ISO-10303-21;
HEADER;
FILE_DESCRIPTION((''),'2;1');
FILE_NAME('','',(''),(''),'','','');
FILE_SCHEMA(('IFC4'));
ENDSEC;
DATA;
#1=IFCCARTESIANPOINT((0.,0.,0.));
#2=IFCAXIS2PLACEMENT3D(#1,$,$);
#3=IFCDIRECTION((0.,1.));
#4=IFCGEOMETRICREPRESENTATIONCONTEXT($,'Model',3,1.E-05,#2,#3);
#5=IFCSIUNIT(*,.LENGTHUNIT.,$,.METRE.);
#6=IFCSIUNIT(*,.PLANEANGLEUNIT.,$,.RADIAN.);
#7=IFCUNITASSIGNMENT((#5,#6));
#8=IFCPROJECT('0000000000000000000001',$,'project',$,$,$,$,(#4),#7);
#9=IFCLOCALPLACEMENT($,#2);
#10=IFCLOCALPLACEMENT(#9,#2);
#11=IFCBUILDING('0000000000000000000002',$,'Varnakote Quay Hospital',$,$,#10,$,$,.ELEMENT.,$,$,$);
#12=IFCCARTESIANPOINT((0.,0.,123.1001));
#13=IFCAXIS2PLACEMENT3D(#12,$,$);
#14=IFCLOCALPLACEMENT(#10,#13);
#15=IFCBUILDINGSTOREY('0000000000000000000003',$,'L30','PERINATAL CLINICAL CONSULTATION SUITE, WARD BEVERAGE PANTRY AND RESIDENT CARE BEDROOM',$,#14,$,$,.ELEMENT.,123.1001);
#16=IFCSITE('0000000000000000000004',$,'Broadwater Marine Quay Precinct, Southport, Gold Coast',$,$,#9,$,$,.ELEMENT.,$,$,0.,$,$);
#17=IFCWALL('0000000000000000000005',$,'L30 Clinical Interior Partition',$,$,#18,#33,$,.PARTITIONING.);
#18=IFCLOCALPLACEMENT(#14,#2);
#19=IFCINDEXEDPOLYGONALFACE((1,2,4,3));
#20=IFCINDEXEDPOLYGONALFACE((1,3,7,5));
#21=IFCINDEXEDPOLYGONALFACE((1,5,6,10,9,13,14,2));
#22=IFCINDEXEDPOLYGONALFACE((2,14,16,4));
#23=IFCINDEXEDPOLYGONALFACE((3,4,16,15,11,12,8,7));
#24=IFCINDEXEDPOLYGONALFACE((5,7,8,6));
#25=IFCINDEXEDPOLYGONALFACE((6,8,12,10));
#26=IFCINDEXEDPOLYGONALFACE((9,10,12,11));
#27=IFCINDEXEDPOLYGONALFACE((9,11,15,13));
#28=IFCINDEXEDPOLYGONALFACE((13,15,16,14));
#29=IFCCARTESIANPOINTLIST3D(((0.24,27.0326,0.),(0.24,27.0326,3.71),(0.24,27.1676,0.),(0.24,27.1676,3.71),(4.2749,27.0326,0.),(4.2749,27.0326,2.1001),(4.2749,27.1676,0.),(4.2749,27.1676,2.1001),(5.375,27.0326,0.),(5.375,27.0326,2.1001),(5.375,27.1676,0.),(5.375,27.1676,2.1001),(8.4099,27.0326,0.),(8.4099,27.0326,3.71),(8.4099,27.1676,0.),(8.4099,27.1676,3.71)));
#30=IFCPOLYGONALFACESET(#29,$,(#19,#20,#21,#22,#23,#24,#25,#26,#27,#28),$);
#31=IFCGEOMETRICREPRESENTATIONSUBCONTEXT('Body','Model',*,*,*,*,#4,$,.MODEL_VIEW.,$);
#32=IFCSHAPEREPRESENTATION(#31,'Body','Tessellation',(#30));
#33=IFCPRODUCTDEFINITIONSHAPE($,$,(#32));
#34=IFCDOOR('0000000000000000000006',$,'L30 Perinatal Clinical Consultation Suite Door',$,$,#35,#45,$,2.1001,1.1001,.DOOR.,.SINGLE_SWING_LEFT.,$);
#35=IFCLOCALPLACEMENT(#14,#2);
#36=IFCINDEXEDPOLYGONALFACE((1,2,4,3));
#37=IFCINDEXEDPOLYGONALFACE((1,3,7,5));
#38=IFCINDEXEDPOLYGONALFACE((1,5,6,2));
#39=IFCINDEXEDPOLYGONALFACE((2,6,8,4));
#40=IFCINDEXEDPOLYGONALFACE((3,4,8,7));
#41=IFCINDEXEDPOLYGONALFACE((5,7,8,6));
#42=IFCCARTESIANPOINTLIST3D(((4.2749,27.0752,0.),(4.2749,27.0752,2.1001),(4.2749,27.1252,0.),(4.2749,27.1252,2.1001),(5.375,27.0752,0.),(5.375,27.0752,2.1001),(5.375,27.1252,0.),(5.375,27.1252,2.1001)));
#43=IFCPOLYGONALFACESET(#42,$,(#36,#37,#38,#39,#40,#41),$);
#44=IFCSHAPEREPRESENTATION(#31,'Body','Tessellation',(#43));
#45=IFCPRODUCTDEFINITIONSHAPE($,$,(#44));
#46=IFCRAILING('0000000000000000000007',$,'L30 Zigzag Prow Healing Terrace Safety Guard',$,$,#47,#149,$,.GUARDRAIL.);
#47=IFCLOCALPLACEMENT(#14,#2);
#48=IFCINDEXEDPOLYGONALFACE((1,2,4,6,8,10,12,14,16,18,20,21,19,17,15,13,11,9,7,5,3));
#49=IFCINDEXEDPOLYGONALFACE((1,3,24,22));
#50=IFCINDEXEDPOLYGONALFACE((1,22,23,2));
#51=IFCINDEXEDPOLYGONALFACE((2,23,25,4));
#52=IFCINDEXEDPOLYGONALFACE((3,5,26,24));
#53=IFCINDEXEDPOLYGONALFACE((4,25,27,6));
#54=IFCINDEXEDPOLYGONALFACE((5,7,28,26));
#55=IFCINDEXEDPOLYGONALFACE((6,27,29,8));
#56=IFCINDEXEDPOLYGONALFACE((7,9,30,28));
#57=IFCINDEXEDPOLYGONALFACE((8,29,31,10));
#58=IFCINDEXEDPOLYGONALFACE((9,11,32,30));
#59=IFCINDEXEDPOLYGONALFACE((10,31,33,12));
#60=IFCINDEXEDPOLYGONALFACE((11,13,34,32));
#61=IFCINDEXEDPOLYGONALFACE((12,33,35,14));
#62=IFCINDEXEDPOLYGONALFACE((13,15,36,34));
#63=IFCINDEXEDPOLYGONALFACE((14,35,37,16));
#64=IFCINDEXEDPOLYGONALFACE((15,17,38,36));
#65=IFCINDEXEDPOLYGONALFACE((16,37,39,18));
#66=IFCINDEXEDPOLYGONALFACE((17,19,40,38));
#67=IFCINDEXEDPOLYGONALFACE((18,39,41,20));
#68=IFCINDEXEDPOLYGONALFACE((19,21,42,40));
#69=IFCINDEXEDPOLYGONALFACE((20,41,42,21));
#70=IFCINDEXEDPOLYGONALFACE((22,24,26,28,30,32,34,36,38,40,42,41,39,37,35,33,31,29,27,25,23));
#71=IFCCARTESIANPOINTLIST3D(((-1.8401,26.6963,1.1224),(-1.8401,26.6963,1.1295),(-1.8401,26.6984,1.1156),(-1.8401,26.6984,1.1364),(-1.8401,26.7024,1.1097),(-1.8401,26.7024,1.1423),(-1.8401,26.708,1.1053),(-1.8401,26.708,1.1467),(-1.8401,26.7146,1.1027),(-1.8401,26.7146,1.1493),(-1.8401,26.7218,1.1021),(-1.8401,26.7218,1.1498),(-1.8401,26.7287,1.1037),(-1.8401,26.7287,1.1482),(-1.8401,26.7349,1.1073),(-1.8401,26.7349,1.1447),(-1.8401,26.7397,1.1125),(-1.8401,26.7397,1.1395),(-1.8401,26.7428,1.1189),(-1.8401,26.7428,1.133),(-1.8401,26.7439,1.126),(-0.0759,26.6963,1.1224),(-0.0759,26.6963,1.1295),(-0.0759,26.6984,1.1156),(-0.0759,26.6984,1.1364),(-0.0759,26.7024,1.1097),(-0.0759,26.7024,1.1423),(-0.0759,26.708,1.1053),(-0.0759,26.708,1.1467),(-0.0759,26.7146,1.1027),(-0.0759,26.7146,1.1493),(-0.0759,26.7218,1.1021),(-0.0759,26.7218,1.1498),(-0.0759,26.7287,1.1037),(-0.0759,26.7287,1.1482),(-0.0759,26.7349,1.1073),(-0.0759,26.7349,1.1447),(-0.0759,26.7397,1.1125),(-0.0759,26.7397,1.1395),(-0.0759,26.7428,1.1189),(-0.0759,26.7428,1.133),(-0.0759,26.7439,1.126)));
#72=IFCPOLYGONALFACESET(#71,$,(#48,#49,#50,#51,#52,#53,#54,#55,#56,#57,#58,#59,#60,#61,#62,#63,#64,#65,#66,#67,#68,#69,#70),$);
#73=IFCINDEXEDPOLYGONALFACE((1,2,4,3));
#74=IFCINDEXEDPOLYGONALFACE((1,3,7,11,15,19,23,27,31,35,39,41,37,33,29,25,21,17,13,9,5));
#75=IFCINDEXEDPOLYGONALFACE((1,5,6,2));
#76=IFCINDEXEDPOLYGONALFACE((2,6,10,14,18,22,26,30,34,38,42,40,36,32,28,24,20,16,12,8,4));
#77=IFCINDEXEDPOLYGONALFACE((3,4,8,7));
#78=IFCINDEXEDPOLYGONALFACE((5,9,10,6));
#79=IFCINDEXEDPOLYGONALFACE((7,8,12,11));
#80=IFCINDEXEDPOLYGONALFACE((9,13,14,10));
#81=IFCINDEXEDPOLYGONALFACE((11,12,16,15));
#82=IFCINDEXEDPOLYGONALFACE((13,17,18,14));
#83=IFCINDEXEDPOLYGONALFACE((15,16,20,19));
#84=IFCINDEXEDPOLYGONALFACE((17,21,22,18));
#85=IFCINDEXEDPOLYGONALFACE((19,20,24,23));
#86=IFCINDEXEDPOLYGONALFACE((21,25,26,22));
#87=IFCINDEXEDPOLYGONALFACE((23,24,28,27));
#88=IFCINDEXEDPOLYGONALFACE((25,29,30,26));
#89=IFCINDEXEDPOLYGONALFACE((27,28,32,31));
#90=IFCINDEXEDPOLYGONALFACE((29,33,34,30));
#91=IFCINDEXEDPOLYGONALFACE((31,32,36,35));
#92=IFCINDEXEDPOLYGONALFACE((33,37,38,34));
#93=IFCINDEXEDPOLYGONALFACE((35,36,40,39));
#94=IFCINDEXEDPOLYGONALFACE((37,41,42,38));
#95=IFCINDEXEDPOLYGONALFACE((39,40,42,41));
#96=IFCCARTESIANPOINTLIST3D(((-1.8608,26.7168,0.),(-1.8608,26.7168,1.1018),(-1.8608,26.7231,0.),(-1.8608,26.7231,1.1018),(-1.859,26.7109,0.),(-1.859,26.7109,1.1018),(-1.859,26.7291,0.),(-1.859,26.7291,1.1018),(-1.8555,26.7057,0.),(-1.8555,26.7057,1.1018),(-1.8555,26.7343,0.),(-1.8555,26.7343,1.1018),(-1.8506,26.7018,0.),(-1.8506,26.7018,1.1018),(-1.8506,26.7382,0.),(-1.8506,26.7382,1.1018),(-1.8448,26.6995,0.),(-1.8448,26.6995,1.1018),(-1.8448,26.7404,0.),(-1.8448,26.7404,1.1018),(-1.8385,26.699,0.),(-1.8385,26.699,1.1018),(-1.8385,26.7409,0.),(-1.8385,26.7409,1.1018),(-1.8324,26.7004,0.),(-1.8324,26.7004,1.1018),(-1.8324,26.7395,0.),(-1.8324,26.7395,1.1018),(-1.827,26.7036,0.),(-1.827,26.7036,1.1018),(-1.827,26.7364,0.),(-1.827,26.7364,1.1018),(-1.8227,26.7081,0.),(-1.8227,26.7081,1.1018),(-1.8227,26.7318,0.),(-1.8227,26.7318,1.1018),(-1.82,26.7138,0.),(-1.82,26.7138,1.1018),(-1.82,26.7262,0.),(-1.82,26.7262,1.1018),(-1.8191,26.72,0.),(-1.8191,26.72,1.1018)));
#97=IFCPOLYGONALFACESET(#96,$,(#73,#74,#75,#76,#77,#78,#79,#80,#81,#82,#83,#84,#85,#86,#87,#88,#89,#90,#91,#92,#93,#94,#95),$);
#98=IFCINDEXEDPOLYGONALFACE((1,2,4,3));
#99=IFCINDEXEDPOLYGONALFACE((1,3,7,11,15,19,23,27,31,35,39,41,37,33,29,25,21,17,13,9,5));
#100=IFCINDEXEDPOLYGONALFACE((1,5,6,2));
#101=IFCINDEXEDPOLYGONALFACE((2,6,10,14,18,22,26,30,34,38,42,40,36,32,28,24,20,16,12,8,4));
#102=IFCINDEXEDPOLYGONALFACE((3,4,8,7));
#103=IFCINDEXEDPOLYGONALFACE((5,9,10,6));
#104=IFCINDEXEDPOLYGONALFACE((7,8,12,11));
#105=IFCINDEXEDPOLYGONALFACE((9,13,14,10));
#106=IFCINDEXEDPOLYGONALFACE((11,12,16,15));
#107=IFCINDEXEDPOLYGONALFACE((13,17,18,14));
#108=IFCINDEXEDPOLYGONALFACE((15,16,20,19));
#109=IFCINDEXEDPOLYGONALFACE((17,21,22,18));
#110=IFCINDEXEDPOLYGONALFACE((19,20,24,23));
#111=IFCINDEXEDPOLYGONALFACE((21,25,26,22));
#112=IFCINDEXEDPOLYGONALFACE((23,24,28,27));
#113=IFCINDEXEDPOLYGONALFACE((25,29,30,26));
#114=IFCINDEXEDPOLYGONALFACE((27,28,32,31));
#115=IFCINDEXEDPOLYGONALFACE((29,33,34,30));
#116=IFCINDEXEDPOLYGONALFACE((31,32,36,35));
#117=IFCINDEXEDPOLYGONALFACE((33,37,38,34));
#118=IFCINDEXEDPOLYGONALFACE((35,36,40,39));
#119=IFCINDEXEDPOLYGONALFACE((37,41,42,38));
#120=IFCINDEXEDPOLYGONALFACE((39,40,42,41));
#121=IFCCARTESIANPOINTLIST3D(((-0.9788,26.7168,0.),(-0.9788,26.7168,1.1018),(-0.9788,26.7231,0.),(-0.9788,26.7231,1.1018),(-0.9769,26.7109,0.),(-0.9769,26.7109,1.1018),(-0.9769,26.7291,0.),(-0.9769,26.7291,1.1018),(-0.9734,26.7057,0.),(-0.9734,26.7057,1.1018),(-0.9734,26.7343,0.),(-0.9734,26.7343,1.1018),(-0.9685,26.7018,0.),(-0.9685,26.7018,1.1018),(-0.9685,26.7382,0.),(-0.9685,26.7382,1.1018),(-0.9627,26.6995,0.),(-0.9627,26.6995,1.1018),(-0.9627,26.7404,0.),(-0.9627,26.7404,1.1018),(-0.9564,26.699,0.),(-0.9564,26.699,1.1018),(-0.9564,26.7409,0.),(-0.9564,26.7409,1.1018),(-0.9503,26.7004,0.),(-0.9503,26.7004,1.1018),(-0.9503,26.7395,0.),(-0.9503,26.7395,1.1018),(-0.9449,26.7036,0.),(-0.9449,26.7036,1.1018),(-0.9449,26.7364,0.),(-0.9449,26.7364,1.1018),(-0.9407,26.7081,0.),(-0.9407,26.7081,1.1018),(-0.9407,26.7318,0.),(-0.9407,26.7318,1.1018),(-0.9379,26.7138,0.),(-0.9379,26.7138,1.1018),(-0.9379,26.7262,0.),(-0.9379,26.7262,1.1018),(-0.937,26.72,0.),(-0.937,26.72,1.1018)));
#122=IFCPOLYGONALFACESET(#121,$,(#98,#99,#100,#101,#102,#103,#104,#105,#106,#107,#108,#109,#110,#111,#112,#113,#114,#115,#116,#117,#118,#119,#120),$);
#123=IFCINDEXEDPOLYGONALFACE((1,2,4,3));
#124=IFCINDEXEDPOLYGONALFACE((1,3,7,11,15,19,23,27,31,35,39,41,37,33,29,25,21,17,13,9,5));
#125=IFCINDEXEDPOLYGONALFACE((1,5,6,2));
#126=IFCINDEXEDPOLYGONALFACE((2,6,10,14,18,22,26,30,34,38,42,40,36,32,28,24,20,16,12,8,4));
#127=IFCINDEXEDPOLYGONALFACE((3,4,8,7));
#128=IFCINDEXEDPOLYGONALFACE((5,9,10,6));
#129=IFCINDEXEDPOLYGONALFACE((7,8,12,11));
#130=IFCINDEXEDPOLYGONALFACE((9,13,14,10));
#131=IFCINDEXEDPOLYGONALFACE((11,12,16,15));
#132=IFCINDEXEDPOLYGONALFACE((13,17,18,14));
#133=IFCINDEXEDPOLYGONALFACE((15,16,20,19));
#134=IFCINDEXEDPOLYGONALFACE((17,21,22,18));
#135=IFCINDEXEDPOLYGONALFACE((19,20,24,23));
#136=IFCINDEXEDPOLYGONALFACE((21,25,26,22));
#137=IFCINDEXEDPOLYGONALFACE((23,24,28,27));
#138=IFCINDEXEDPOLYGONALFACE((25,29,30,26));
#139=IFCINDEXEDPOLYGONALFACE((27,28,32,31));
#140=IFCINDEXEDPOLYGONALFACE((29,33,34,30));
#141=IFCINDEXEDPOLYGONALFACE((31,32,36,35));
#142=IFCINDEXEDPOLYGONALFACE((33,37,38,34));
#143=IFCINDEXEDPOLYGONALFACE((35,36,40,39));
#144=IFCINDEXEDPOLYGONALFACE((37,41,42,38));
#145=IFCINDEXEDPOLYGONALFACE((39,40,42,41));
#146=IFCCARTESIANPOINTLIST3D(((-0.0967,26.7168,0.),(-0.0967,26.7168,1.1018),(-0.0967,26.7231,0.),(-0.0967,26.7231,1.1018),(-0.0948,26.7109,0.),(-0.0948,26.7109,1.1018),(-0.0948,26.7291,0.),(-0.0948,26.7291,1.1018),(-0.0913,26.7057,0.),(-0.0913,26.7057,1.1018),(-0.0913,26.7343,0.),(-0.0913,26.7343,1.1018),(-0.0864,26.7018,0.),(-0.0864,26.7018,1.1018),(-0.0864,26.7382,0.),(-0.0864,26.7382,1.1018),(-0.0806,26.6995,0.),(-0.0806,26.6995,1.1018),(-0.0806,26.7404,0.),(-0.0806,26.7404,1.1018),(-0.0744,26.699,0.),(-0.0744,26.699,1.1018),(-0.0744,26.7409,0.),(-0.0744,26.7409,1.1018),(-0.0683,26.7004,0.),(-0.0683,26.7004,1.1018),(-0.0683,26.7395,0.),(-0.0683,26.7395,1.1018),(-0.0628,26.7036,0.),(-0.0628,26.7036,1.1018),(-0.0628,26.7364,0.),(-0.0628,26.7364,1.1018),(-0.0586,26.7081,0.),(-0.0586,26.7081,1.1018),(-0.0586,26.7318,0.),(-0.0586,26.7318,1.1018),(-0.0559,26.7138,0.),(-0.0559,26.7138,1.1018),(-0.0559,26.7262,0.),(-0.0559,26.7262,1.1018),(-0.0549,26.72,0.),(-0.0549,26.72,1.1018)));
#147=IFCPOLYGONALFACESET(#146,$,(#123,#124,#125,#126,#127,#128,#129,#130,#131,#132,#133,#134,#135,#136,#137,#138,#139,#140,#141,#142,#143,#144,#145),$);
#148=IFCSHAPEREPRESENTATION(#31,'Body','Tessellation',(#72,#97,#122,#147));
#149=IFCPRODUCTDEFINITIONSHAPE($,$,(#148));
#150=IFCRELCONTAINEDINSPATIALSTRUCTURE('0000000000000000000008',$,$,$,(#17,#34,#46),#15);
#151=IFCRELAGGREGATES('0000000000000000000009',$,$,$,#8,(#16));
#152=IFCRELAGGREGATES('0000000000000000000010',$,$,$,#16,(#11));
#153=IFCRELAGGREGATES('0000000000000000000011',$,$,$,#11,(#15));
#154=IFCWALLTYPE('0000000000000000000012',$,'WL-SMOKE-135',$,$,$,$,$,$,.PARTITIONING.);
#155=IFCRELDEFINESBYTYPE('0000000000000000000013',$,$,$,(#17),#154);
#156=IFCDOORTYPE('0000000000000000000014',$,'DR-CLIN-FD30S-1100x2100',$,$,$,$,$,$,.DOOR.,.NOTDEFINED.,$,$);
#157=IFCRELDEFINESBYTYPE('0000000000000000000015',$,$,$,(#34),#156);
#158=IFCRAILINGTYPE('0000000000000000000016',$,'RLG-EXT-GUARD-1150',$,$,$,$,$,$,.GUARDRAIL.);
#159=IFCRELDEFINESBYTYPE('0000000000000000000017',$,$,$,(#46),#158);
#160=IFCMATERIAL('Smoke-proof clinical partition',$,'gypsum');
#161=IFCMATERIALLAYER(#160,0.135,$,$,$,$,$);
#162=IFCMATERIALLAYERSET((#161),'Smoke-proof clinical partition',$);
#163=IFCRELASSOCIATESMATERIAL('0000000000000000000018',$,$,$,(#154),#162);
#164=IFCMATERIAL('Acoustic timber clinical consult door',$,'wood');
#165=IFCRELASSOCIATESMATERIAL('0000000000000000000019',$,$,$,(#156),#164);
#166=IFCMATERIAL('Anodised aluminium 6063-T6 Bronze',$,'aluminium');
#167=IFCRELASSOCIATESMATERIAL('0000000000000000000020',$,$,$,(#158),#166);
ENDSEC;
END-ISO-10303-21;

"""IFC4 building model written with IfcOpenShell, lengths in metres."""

from ifc_helpers import new_model, si_unit, direction, frame, frame_2d, origin, origin_2d, place, context, subcontext, project, spatial, rectangle, circle, extrude, material, layer, layer_set, type_object, element, fill, save


model = new_model("IFC4")

# Units and contexts
model_context = context("Model", 3, precision=1e-05, world=origin(), true_north=direction((0.0, 1.0)))
body_context = subcontext(model_context, "Body", "Model", "MODEL_VIEW")
ifc_project = project(units=[si_unit("LENGTHUNIT", "METRE"), si_unit("PLANEANGLEUNIT", "RADIAN")], contexts=[model_context])

# Site, building, storey
site_placement = place(None, origin())
site = spatial("IfcSite", under=ifc_project, at=site_placement, Name="Broadwater Marine Quay Precinct, Southport, Gold Coast", CompositionType="ELEMENT", RefElevation=0.0)
building_placement = place(site_placement, origin())
building = spatial("IfcBuilding", under=site, at=building_placement, Name="Varnakote Quay Hospital", CompositionType="ELEMENT")
storey_placement = place(building_placement, frame((0.0, 0.0, 123.1001)))
storey = spatial("IfcBuildingStorey", under=building, at=storey_placement, Name="L30", Description="PERINATAL CLINICAL CONSULTATION SUITE, WARD BEVERAGE PANTRY AND RESIDENT CARE BEDROOM", CompositionType="ELEMENT", Elevation=123.1001)

# Shared definitions
ifc_material_1 = material(Name="Smoke-proof clinical partition", Category="gypsum")
ifc_layer_1 = layer(ifc_material_1, 0.135)
ifc_layer_set_1 = layer_set([ifc_layer_1], Name="Smoke-proof clinical partition")
wall_type_1 = type_object("IfcWallType", Name="WL-SMOKE-135", PredefinedType="PARTITIONING", material=ifc_layer_set_1)

# Wall, opening, door
wall_1_placement = place(storey_placement, frame((8.4099, 27.1001, 0.0), z_axis=(0.0, 0.0, 1.0), x_axis=(-1.0, 0.0, 0.0)))
wall_1 = element("IfcWall", 1, at=wall_1_placement, inside=storey, type_object=wall_type_1, Name="L30 Clinical Interior Partition", PredefinedType="PARTITIONING", context=body_context, shape_type="SweptSolid", body=[
    extrude(rectangle(XDim=8.1699, YDim=0.135, at=frame_2d((4.085, 0.0))), origin(), (0.0, 0.0, 1.0), 3.71),
])
opening_1_placement = place(wall_1_placement, frame((3.0349, 0.0, 0.0)))
opening_1 = element("IfcOpeningElement", 2, at=opening_1_placement, cuts=wall_1, PredefinedType="OPENING", context=body_context, shape_type="SweptSolid", body=[
    extrude(rectangle(XDim=1.1001, YDim=2.1001, at=frame_2d((0.55, 1.05))), frame((0.0, 0.0774, 0.0), z_axis=(0.0, -1.0, 0.0), x_axis=(1.0, 0.0, 0.0)), (0.0, 0.0, 1.0), 0.155),
])
ifc_material_2 = material(Name="Acoustic timber clinical consult door", Category="wood")
door_type_1 = type_object("IfcDoorType", Name="DR-CLIN-FD30S-1100x2100", OperationType="NOTDEFINED", PredefinedType="DOOR", material=ifc_material_2)
door_1_placement = place(opening_1_placement, origin())
door_1 = element("IfcDoor", 3, at=door_1_placement, inside=storey, type_object=door_type_1, Name="L30 Perinatal Clinical Consultation Suite Door", OperationType="SINGLE_SWING_LEFT", OverallHeight=2.1001, OverallWidth=1.1001, PredefinedType="DOOR", context=body_context, shape_type="SweptSolid", body=[
    extrude(rectangle(XDim=1.1001, YDim=2.1001, at=frame_2d((0.55, 1.05))), frame((0.0, 0.0249, 0.0), z_axis=(0.0, -1.0, 0.0), x_axis=(1.0, 0.0, 0.0)), (0.0, 0.0, 1.0), 0.05),
])
fill(opening_1, door_1)

# Railing
ifc_material_3 = material(Name="Anodised aluminium 6063-T6 Bronze", Category="aluminium")
railing_type = type_object("IfcRailingType", Name="RLG-EXT-GUARD-1150", PredefinedType="GUARDRAIL", material=ifc_material_3)
railing_1_placement = place(storey_placement, frame((-1.8401, 26.72, 0.0)))
element("IfcRailing", 4, at=railing_1_placement, inside=storey, type_object=railing_type, Name="L30 Zigzag Prow Healing Terrace Safety Guard", PredefinedType="GUARDRAIL", context=body_context, shape_type="SweptSolid", body=[
    extrude(circle(Radius=0.0239, at=origin_2d()), frame((0.0, 0.0, 1.126), z_axis=(1.0, 0.0, 0.0), x_axis=(0.0, 1.0, 0.0)), (0.0, 0.0, 1.0), 1.7642),
    extrude(circle(Radius=0.021, at=origin_2d()), origin(), (0.0, 0.0, 1.0), 1.1018),
    extrude(circle(Radius=0.021, at=origin_2d()), frame((0.8821, 0.0, 0.0)), (0.0, 0.0, 1.0), 1.1018),
    extrude(circle(Radius=0.021, at=origin_2d()), frame((1.7642, 0.0, 0.0)), (0.0, 0.0, 1.0), 1.1018),
])

save(model, "model.ifc")
